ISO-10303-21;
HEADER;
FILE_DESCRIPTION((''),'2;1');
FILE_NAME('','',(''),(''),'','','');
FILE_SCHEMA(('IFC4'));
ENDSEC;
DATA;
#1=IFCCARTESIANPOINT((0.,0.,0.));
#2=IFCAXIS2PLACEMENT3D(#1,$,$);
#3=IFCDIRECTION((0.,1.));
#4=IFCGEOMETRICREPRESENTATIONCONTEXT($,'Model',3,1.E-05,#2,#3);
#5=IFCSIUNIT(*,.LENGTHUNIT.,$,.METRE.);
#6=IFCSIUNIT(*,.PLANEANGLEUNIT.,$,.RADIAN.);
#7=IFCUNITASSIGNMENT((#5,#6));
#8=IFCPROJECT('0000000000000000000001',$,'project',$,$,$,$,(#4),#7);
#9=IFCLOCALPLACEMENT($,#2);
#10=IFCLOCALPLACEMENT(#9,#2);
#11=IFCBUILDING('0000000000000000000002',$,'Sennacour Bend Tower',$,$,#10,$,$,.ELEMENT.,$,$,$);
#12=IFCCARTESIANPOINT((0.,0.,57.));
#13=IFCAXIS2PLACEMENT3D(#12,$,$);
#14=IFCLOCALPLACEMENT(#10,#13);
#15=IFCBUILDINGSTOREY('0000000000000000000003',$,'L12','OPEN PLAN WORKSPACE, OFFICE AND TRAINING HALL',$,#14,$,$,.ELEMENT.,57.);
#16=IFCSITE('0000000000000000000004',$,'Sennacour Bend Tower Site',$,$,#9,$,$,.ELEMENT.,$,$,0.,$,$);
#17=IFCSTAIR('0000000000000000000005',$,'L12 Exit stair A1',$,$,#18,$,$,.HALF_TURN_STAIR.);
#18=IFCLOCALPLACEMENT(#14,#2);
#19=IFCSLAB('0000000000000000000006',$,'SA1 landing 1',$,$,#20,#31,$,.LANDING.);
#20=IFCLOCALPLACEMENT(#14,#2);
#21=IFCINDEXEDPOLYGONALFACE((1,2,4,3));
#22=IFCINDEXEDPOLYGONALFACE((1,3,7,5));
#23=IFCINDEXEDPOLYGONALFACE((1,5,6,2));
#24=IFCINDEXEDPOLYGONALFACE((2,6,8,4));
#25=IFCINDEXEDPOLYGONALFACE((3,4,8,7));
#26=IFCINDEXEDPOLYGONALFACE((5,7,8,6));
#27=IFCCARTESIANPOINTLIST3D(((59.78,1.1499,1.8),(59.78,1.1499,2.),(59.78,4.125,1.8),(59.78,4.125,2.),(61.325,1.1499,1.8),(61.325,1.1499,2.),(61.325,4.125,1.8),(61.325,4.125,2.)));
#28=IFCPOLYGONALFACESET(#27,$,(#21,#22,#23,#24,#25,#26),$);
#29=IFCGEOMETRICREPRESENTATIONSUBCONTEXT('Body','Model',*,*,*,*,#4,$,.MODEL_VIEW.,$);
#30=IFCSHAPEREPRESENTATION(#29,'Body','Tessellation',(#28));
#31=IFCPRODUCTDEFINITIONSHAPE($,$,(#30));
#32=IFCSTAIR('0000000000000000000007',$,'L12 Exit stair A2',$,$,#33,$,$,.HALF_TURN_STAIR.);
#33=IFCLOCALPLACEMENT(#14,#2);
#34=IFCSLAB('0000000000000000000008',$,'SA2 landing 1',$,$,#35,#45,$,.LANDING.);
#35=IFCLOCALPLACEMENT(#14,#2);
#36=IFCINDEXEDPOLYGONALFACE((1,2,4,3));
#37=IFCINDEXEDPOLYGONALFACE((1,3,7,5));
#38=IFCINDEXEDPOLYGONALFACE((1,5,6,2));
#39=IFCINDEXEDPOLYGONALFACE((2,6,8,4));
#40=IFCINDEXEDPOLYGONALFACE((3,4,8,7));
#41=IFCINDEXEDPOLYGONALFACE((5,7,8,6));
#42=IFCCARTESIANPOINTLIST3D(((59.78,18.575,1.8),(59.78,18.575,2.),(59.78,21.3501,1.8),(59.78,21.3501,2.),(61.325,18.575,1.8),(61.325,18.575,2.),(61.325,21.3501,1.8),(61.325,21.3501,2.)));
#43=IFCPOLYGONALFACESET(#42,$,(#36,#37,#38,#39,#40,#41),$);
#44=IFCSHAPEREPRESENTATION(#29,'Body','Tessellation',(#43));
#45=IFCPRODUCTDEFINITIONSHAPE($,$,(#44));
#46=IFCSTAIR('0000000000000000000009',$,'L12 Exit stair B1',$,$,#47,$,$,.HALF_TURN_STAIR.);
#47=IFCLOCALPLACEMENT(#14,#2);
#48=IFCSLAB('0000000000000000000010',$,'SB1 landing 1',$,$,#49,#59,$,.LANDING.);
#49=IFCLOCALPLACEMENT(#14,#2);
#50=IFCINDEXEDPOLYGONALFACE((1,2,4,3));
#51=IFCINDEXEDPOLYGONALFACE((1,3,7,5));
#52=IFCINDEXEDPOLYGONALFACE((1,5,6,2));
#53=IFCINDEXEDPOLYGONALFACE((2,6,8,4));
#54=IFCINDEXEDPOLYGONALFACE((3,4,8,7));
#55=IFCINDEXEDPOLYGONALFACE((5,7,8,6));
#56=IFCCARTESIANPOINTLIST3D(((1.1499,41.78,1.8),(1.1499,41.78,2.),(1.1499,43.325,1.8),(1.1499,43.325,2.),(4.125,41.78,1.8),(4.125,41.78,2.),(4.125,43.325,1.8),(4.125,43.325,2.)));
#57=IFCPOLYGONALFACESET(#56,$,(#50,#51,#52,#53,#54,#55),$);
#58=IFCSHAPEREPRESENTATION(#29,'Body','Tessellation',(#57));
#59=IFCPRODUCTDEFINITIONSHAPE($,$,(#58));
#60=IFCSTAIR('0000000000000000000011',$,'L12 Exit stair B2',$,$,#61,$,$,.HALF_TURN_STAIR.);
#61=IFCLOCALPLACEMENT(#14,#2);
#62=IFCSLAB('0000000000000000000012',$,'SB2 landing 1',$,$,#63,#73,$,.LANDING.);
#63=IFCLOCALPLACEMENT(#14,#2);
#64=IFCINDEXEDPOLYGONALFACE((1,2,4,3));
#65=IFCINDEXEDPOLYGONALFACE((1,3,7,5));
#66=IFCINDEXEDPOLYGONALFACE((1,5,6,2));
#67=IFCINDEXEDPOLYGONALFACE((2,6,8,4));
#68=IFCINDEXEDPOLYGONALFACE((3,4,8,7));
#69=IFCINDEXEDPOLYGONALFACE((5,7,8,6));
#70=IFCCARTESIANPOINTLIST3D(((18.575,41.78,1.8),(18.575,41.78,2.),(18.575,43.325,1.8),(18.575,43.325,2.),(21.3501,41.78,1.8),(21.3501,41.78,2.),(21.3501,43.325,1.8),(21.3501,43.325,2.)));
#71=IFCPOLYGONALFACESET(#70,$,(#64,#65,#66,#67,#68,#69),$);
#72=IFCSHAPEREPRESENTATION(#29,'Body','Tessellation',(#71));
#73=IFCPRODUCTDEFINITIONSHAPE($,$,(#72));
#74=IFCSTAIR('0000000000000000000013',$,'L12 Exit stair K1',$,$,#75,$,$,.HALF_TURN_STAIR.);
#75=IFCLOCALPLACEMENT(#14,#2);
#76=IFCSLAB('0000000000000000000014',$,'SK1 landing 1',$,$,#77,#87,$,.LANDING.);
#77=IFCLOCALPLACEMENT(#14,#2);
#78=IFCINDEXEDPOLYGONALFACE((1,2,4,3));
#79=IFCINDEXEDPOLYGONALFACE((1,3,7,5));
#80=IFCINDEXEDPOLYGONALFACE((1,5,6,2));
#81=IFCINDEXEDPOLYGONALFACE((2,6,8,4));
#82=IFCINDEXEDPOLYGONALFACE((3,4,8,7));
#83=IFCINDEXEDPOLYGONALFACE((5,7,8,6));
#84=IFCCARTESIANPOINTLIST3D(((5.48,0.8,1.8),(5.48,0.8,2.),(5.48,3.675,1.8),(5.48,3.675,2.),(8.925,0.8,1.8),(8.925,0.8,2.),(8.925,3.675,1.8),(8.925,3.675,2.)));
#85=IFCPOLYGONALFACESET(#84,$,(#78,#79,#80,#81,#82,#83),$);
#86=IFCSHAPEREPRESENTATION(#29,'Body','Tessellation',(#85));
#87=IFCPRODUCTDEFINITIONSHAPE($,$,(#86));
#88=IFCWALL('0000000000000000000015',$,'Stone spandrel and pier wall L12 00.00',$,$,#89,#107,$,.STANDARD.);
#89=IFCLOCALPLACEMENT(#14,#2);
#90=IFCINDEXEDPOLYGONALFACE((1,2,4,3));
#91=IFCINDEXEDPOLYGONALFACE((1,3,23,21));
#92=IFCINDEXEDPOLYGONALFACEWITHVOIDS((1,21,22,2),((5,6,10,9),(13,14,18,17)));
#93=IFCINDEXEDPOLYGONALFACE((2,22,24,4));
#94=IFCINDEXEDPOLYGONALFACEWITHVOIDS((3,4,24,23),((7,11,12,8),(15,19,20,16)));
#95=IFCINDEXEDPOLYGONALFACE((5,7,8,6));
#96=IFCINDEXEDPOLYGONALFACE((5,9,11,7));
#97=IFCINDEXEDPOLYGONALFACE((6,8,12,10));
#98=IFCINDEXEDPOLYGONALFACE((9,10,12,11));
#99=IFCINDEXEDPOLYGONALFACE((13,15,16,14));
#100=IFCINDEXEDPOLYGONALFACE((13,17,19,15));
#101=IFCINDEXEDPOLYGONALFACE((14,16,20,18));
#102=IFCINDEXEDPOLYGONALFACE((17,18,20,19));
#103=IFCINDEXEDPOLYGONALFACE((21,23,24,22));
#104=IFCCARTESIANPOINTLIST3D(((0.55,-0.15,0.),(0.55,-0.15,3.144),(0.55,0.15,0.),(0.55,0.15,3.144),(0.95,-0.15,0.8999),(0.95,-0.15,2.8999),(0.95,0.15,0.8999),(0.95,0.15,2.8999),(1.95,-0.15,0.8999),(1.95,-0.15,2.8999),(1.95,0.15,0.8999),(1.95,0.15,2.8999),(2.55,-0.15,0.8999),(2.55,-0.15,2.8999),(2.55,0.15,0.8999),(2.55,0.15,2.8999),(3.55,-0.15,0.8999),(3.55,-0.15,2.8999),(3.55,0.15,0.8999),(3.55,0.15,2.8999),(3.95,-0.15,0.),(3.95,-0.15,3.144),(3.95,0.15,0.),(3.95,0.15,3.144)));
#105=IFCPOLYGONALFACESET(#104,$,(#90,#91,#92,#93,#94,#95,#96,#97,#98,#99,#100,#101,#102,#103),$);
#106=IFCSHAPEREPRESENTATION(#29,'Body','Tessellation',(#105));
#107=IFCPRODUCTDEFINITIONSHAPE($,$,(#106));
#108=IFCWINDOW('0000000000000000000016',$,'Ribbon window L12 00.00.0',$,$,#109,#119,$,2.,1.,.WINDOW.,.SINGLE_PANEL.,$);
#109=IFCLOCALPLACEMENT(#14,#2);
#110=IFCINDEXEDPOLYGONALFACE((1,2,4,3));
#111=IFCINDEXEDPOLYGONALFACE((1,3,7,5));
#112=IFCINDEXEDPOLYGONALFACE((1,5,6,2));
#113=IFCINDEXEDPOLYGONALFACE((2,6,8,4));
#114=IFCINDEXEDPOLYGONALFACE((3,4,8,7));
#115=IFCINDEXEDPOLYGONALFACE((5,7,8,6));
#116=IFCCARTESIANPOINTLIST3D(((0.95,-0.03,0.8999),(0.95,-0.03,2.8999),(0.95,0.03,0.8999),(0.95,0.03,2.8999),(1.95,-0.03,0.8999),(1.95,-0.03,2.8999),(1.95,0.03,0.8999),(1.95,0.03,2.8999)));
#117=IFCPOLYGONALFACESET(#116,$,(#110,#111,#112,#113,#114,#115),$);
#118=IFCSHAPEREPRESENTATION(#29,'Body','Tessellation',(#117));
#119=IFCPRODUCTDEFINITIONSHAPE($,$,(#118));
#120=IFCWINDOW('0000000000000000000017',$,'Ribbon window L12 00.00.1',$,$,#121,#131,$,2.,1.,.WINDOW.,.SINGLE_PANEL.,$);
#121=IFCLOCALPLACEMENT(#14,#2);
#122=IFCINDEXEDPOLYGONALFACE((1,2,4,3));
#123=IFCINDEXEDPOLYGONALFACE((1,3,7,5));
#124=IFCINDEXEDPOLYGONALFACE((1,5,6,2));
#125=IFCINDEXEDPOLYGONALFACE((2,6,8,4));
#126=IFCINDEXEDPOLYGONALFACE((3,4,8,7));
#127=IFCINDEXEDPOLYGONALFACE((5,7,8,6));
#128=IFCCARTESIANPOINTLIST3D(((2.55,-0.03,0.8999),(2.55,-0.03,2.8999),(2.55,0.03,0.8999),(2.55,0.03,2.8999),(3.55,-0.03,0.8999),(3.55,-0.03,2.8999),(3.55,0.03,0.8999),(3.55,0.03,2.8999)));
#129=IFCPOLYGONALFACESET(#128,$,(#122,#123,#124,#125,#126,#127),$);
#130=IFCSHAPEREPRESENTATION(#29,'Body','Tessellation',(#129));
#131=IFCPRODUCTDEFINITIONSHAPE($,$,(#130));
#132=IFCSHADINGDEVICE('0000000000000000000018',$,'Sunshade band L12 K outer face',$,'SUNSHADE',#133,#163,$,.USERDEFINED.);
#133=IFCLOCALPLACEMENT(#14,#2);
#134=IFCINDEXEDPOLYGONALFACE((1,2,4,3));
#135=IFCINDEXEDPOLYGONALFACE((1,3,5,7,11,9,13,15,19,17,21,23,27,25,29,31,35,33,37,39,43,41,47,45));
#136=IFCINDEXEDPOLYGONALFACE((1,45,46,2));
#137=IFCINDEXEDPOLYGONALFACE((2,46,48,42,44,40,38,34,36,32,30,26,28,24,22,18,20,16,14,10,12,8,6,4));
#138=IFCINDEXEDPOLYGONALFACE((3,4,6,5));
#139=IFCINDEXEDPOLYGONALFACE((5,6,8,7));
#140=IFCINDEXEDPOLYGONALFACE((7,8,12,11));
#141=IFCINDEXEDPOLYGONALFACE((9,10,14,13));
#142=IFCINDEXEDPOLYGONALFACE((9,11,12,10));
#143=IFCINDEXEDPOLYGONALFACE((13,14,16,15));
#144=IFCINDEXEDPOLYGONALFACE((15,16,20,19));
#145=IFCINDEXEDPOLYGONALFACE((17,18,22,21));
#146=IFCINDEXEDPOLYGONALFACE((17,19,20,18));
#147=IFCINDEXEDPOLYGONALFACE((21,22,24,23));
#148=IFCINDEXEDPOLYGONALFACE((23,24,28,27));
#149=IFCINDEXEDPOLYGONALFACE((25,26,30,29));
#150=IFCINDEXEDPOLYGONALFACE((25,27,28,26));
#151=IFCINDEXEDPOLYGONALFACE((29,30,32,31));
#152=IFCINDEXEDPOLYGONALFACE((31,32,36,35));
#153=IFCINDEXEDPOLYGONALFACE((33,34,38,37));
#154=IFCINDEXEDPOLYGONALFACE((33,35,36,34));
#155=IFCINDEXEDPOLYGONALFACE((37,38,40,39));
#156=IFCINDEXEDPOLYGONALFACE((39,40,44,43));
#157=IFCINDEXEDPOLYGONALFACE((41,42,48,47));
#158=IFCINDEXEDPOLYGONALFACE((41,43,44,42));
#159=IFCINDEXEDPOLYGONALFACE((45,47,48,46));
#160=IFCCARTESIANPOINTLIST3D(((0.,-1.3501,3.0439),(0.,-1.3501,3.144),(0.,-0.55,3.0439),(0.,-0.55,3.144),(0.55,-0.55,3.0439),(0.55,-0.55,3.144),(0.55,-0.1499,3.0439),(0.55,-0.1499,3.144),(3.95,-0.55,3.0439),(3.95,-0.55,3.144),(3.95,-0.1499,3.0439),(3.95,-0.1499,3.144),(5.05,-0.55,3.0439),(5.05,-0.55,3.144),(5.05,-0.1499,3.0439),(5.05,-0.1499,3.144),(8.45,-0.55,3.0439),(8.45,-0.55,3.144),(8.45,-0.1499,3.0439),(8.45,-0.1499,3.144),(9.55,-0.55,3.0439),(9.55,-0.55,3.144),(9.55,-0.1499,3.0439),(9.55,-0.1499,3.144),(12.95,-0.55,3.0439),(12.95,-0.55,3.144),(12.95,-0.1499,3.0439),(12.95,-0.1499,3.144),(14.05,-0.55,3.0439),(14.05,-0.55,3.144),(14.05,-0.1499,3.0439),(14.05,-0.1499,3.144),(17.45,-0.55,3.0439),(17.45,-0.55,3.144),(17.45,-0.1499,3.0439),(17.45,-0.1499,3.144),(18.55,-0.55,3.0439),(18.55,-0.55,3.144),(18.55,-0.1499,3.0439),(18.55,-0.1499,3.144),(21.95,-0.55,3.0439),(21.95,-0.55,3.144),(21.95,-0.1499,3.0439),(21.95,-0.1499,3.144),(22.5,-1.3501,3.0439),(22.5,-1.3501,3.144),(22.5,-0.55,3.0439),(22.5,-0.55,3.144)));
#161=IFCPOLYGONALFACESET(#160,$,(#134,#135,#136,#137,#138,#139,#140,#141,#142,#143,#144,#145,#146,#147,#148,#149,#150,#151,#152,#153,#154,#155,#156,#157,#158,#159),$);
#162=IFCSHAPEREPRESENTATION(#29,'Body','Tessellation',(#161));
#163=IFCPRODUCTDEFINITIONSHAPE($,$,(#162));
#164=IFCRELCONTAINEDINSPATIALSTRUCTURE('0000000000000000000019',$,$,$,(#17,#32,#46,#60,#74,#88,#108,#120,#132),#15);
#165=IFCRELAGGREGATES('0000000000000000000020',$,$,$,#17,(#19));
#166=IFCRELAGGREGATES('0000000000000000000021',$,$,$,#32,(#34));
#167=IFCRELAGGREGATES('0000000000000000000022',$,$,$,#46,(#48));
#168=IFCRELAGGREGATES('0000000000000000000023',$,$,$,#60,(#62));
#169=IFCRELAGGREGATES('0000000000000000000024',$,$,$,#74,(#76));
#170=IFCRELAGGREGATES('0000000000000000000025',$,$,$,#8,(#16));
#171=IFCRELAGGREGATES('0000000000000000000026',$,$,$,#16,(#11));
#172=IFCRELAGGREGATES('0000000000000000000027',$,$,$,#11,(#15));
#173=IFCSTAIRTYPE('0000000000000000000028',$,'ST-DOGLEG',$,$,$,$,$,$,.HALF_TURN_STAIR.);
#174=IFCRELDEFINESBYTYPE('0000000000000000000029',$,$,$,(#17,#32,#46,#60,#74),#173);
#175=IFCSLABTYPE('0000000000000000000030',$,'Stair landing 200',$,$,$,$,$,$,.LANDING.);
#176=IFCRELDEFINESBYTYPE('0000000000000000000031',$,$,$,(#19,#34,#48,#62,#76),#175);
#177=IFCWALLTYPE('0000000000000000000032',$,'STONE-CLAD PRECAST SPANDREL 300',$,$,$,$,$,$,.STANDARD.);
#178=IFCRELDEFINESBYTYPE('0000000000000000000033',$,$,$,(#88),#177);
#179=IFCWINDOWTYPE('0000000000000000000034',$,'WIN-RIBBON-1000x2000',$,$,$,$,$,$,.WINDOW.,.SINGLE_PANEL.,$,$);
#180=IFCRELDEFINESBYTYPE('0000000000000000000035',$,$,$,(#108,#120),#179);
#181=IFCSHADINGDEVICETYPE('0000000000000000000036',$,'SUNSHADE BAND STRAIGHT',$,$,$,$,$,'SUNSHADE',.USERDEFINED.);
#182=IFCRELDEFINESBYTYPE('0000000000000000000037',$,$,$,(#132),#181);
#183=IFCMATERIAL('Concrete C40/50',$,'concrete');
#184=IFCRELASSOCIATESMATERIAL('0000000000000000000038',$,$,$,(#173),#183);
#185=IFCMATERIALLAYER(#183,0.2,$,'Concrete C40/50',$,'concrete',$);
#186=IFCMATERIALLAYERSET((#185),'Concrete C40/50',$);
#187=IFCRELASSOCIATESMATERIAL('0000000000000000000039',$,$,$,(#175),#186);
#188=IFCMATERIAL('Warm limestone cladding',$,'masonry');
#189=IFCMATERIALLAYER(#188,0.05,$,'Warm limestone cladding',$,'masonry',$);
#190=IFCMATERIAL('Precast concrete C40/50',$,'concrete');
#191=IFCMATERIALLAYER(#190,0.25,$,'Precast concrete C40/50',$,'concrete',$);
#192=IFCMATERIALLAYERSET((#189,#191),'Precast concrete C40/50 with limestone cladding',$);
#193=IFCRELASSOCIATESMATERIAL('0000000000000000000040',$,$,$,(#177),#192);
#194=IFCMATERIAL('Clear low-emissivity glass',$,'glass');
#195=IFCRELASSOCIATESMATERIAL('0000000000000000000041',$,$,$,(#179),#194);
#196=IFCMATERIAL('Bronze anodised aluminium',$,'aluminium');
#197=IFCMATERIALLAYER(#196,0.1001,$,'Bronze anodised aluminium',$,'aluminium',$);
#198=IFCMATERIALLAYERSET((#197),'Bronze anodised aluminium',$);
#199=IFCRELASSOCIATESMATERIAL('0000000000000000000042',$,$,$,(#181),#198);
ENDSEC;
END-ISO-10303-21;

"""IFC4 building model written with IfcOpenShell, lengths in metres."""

from ifc_helpers import new_model, si_unit, direction, frame, frame_2d, origin, place, context, subcontext, project, spatial, polyline, rectangle, outline, extrude, material, layer, layer_set, type_object, element, fill, aggregate, save


model = new_model("IFC4")

# Units and contexts
model_context = context("Model", 3, precision=1e-05, world=origin(), true_north=direction((0.0, 1.0)))
body_context = subcontext(model_context, "Body", "Model", "MODEL_VIEW")
ifc_project = project(units=[si_unit("LENGTHUNIT", "METRE"), si_unit("PLANEANGLEUNIT", "RADIAN")], contexts=[model_context])

# Site, building, storey
site_placement = place(None, origin())
site = spatial("IfcSite", under=ifc_project, at=site_placement, Name="Sennacour Bend Tower Site", CompositionType="ELEMENT", RefElevation=0.0)
building_placement = place(site_placement, origin())
building = spatial("IfcBuilding", under=site, at=building_placement, Name="Sennacour Bend Tower", CompositionType="ELEMENT")
storey_placement = place(building_placement, frame((0.0, 0.0, 57.0)))
storey = spatial("IfcBuildingStorey", under=building, at=storey_placement, Name="L12", Description="OPEN PLAN WORKSPACE, OFFICE AND TRAINING HALL", CompositionType="ELEMENT", Elevation=57.0)

# Shared definitions
ifc_material_1 = material(Name="Concrete C40/50", Category="concrete")

# Stairs, slabs
stair_type = type_object("IfcStairType", Name="ST-DOGLEG", PredefinedType="HALF_TURN_STAIR", material=ifc_material_1)
stair_1_placement = place(storey_placement, origin())
stair_1 = element("IfcStair", 1, at=stair_1_placement, inside=storey, type_object=stair_type, Name="L12 Exit stair A1", PredefinedType="HALF_TURN_STAIR")
ifc_layer_1 = layer(ifc_material_1, 0.2, Name="Concrete C40/50", Category="concrete")
ifc_layer_set_1 = layer_set([ifc_layer_1], Name="Concrete C40/50")
slab_type_1 = type_object("IfcSlabType", Name="Stair landing 200", PredefinedType="LANDING", material=ifc_layer_set_1)
slab_1_placement = place(storey_placement, frame((0.0, 0.0, 1.8)))
slab_1 = element("IfcSlab", 2, at=slab_1_placement, type_object=slab_type_1, Name="SA1 landing 1", PredefinedType="LANDING", context=body_context, shape_type="SweptSolid", body=[
    extrude(outline(polyline([(59.78, 1.1499), (61.325, 1.1499), (61.325, 4.125), (59.78, 4.125), (59.78, 1.1499)])), origin(), (0.0, 0.0, 1.0), 0.2),
])
aggregate(stair_1, [slab_1])
stair_2_placement = place(storey_placement, origin())
stair_2 = element("IfcStair", 3, at=stair_2_placement, inside=storey, type_object=stair_type, Name="L12 Exit stair A2", PredefinedType="HALF_TURN_STAIR")
slab_2_placement = place(storey_placement, frame((0.0, 0.0, 1.8)))
slab_2 = element("IfcSlab", 4, at=slab_2_placement, type_object=slab_type_1, Name="SA2 landing 1", PredefinedType="LANDING", context=body_context, shape_type="SweptSolid", body=[
    extrude(outline(polyline([(59.78, 18.575), (61.325, 18.575), (61.325, 21.3501), (59.78, 21.3501), (59.78, 18.575)])), origin(), (0.0, 0.0, 1.0), 0.2),
])
aggregate(stair_2, [slab_2])
stair_3_placement = place(storey_placement, origin())
stair_3 = element("IfcStair", 5, at=stair_3_placement, inside=storey, type_object=stair_type, Name="L12 Exit stair B1", PredefinedType="HALF_TURN_STAIR")
slab_3_placement = place(storey_placement, frame((0.0, 0.0, 1.8)))
slab_3 = element("IfcSlab", 6, at=slab_3_placement, type_object=slab_type_1, Name="SB1 landing 1", PredefinedType="LANDING", context=body_context, shape_type="SweptSolid", body=[
    extrude(outline(polyline([(1.1499, 41.78), (4.125, 41.78), (4.125, 43.325), (1.1499, 43.325), (1.1499, 41.78)])), origin(), (0.0, 0.0, 1.0), 0.2),
])
aggregate(stair_3, [slab_3])
stair_4_placement = place(storey_placement, origin())
stair_4 = element("IfcStair", 7, at=stair_4_placement, inside=storey, type_object=stair_type, Name="L12 Exit stair B2", PredefinedType="HALF_TURN_STAIR")
slab_4_placement = place(storey_placement, frame((0.0, 0.0, 1.8)))
slab_4 = element("IfcSlab", 8, at=slab_4_placement, type_object=slab_type_1, Name="SB2 landing 1", PredefinedType="LANDING", context=body_context, shape_type="SweptSolid", body=[
    extrude(outline(polyline([(18.575, 41.78), (21.3501, 41.78), (21.3501, 43.325), (18.575, 43.325), (18.575, 41.78)])), origin(), (0.0, 0.0, 1.0), 0.2),
])
aggregate(stair_4, [slab_4])
stair_5_placement = place(storey_placement, origin())
stair_5 = element("IfcStair", 9, at=stair_5_placement, inside=storey, type_object=stair_type, Name="L12 Exit stair K1", PredefinedType="HALF_TURN_STAIR")
slab_5_placement = place(storey_placement, frame((0.0, 0.0, 1.8)))
slab_5 = element("IfcSlab", 10, at=slab_5_placement, type_object=slab_type_1, Name="SK1 landing 1", PredefinedType="LANDING", context=body_context, shape_type="SweptSolid", body=[
    extrude(outline(polyline([(5.48, 0.8), (8.925, 0.8), (8.925, 3.675), (5.48, 3.675), (5.48, 0.8)])), origin(), (0.0, 0.0, 1.0), 0.2),
])
aggregate(stair_5, [slab_5])

# Wall, openings, windows
ifc_material_2 = material(Name="Warm limestone cladding", Category="masonry")
ifc_layer_2 = layer(ifc_material_2, 0.05, Name="Warm limestone cladding", Category="masonry")
ifc_material_3 = material(Name="Precast concrete C40/50", Category="concrete")
ifc_layer_3 = layer(ifc_material_3, 0.25, Name="Precast concrete C40/50", Category="concrete")
ifc_layer_set_2 = layer_set([ifc_layer_2, ifc_layer_3], Name="Precast concrete C40/50 with limestone cladding")
wall_type = type_object("IfcWallType", Name="STONE-CLAD PRECAST SPANDREL 300", PredefinedType="STANDARD", material=ifc_layer_set_2)
wall_placement = place(storey_placement, frame((0.55, 0.0, 0.0), z_axis=(0.0, 0.0, 1.0), x_axis=(1.0, 0.0, 0.0)))
wall = element("IfcWall", 11, at=wall_placement, inside=storey, type_object=wall_type, Name="Stone spandrel and pier wall L12 00.00", PredefinedType="STANDARD", context=body_context, shape_type="SweptSolid", body=[
    extrude(rectangle(XDim=3.3999, YDim=0.3, at=frame_2d((1.7, 0.0))), origin(), (0.0, 0.0, 1.0), 3.144),
])
opening_1_placement = place(wall_placement, frame((0.3999, 0.0, 0.8999)))
opening_1 = element("IfcOpeningElement", 12, at=opening_1_placement, cuts=wall, PredefinedType="OPENING", context=body_context, shape_type="SweptSolid", body=[
    extrude(rectangle(XDim=1.0, YDim=2.0, at=frame_2d((0.5, 1.0))), frame((0.0, 0.1602, 0.0), z_axis=(0.0, -1.0, 0.0), x_axis=(1.0, 0.0, 0.0)), (0.0, 0.0, 1.0), 0.3201),
])
opening_2_placement = place(wall_placement, frame((2.0, 0.0, 0.8999)))
opening_2 = element("IfcOpeningElement", 13, at=opening_2_placement, cuts=wall, PredefinedType="OPENING", context=body_context, shape_type="SweptSolid", body=[
    extrude(rectangle(XDim=1.0, YDim=2.0, at=frame_2d((0.5, 1.0))), frame((0.0, 0.1602, 0.0), z_axis=(0.0, -1.0, 0.0), x_axis=(1.0, 0.0, 0.0)), (0.0, 0.0, 1.0), 0.3201),
])
ifc_material_4 = material(Name="Clear low-emissivity glass", Category="glass")
window_type = type_object("IfcWindowType", Name="WIN-RIBBON-1000x2000", PartitioningType="SINGLE_PANEL", PredefinedType="WINDOW", material=ifc_material_4)
window_1_placement = place(opening_1_placement, origin())
window_1 = element("IfcWindow", 14, at=window_1_placement, inside=storey, type_object=window_type, Name="Ribbon window L12 00.00.0", OverallHeight=2.0, OverallWidth=1.0, PartitioningType="SINGLE_PANEL", PredefinedType="WINDOW", context=body_context, shape_type="SweptSolid", body=[
    extrude(rectangle(XDim=1.0, YDim=2.0, at=frame_2d((0.5, 1.0))), frame((0.0, 0.03, 0.0), z_axis=(0.0, -1.0, 0.0), x_axis=(1.0, 0.0, 0.0)), (0.0, 0.0, 1.0), 0.0601),
])
fill(opening_1, window_1)
window_2_placement = place(opening_2_placement, origin())
window_2 = element("IfcWindow", 15, at=window_2_placement, inside=storey, type_object=window_type, Name="Ribbon window L12 00.00.1", OverallHeight=2.0, OverallWidth=1.0, PartitioningType="SINGLE_PANEL", PredefinedType="WINDOW", context=body_context, shape_type="SweptSolid", body=[
    extrude(rectangle(XDim=1.0, YDim=2.0, at=frame_2d((0.5, 1.0))), frame((0.0, 0.03, 0.0), z_axis=(0.0, -1.0, 0.0), x_axis=(1.0, 0.0, 0.0)), (0.0, 0.0, 1.0), 0.0601),
])
fill(opening_2, window_2)

# Shading device
ifc_material_5 = material(Name="Bronze anodised aluminium", Category="aluminium")
ifc_layer_4 = layer(ifc_material_5, 0.1001, Name="Bronze anodised aluminium", Category="aluminium")
ifc_layer_set_3 = layer_set([ifc_layer_4], Name="Bronze anodised aluminium")
shading_device_type_1 = type_object("IfcShadingDeviceType", Name="SUNSHADE BAND STRAIGHT", ElementType="SUNSHADE", PredefinedType="USERDEFINED", material=ifc_layer_set_3)
shading_device_1_placement = place(storey_placement, frame((0.0, 0.0, 3.0439)))
element("IfcShadingDevice", 16, at=shading_device_1_placement, inside=storey, type_object=shading_device_type_1, Name="Sunshade band L12 K outer face", ObjectType="SUNSHADE", PredefinedType="USERDEFINED", context=body_context, shape_type="SweptSolid", body=[
    extrude(outline(polyline([(3.95, -0.1499), (3.95, -0.55), (5.05, -0.55), (5.05, -0.1499), (8.45, -0.1499), (8.45, -0.55), (9.55, -0.55), (9.55, -0.1499), (12.95, -0.1499), (12.95, -0.55), (14.05, -0.55), (14.05, -0.1499), (17.45, -0.1499), (17.45, -0.55), (18.55, -0.55), (18.55, -0.1499), (21.95, -0.1499), (21.95, -0.55), (22.5, -0.55), (22.5, -1.3501), (0.0, -1.3501), (0.0, -0.55), (0.55, -0.55), (0.55, -0.1499), (3.95, -0.1499)])), origin(), (0.0, 0.0, 1.0), 0.1001),
])

save(model, "model.ifc")
